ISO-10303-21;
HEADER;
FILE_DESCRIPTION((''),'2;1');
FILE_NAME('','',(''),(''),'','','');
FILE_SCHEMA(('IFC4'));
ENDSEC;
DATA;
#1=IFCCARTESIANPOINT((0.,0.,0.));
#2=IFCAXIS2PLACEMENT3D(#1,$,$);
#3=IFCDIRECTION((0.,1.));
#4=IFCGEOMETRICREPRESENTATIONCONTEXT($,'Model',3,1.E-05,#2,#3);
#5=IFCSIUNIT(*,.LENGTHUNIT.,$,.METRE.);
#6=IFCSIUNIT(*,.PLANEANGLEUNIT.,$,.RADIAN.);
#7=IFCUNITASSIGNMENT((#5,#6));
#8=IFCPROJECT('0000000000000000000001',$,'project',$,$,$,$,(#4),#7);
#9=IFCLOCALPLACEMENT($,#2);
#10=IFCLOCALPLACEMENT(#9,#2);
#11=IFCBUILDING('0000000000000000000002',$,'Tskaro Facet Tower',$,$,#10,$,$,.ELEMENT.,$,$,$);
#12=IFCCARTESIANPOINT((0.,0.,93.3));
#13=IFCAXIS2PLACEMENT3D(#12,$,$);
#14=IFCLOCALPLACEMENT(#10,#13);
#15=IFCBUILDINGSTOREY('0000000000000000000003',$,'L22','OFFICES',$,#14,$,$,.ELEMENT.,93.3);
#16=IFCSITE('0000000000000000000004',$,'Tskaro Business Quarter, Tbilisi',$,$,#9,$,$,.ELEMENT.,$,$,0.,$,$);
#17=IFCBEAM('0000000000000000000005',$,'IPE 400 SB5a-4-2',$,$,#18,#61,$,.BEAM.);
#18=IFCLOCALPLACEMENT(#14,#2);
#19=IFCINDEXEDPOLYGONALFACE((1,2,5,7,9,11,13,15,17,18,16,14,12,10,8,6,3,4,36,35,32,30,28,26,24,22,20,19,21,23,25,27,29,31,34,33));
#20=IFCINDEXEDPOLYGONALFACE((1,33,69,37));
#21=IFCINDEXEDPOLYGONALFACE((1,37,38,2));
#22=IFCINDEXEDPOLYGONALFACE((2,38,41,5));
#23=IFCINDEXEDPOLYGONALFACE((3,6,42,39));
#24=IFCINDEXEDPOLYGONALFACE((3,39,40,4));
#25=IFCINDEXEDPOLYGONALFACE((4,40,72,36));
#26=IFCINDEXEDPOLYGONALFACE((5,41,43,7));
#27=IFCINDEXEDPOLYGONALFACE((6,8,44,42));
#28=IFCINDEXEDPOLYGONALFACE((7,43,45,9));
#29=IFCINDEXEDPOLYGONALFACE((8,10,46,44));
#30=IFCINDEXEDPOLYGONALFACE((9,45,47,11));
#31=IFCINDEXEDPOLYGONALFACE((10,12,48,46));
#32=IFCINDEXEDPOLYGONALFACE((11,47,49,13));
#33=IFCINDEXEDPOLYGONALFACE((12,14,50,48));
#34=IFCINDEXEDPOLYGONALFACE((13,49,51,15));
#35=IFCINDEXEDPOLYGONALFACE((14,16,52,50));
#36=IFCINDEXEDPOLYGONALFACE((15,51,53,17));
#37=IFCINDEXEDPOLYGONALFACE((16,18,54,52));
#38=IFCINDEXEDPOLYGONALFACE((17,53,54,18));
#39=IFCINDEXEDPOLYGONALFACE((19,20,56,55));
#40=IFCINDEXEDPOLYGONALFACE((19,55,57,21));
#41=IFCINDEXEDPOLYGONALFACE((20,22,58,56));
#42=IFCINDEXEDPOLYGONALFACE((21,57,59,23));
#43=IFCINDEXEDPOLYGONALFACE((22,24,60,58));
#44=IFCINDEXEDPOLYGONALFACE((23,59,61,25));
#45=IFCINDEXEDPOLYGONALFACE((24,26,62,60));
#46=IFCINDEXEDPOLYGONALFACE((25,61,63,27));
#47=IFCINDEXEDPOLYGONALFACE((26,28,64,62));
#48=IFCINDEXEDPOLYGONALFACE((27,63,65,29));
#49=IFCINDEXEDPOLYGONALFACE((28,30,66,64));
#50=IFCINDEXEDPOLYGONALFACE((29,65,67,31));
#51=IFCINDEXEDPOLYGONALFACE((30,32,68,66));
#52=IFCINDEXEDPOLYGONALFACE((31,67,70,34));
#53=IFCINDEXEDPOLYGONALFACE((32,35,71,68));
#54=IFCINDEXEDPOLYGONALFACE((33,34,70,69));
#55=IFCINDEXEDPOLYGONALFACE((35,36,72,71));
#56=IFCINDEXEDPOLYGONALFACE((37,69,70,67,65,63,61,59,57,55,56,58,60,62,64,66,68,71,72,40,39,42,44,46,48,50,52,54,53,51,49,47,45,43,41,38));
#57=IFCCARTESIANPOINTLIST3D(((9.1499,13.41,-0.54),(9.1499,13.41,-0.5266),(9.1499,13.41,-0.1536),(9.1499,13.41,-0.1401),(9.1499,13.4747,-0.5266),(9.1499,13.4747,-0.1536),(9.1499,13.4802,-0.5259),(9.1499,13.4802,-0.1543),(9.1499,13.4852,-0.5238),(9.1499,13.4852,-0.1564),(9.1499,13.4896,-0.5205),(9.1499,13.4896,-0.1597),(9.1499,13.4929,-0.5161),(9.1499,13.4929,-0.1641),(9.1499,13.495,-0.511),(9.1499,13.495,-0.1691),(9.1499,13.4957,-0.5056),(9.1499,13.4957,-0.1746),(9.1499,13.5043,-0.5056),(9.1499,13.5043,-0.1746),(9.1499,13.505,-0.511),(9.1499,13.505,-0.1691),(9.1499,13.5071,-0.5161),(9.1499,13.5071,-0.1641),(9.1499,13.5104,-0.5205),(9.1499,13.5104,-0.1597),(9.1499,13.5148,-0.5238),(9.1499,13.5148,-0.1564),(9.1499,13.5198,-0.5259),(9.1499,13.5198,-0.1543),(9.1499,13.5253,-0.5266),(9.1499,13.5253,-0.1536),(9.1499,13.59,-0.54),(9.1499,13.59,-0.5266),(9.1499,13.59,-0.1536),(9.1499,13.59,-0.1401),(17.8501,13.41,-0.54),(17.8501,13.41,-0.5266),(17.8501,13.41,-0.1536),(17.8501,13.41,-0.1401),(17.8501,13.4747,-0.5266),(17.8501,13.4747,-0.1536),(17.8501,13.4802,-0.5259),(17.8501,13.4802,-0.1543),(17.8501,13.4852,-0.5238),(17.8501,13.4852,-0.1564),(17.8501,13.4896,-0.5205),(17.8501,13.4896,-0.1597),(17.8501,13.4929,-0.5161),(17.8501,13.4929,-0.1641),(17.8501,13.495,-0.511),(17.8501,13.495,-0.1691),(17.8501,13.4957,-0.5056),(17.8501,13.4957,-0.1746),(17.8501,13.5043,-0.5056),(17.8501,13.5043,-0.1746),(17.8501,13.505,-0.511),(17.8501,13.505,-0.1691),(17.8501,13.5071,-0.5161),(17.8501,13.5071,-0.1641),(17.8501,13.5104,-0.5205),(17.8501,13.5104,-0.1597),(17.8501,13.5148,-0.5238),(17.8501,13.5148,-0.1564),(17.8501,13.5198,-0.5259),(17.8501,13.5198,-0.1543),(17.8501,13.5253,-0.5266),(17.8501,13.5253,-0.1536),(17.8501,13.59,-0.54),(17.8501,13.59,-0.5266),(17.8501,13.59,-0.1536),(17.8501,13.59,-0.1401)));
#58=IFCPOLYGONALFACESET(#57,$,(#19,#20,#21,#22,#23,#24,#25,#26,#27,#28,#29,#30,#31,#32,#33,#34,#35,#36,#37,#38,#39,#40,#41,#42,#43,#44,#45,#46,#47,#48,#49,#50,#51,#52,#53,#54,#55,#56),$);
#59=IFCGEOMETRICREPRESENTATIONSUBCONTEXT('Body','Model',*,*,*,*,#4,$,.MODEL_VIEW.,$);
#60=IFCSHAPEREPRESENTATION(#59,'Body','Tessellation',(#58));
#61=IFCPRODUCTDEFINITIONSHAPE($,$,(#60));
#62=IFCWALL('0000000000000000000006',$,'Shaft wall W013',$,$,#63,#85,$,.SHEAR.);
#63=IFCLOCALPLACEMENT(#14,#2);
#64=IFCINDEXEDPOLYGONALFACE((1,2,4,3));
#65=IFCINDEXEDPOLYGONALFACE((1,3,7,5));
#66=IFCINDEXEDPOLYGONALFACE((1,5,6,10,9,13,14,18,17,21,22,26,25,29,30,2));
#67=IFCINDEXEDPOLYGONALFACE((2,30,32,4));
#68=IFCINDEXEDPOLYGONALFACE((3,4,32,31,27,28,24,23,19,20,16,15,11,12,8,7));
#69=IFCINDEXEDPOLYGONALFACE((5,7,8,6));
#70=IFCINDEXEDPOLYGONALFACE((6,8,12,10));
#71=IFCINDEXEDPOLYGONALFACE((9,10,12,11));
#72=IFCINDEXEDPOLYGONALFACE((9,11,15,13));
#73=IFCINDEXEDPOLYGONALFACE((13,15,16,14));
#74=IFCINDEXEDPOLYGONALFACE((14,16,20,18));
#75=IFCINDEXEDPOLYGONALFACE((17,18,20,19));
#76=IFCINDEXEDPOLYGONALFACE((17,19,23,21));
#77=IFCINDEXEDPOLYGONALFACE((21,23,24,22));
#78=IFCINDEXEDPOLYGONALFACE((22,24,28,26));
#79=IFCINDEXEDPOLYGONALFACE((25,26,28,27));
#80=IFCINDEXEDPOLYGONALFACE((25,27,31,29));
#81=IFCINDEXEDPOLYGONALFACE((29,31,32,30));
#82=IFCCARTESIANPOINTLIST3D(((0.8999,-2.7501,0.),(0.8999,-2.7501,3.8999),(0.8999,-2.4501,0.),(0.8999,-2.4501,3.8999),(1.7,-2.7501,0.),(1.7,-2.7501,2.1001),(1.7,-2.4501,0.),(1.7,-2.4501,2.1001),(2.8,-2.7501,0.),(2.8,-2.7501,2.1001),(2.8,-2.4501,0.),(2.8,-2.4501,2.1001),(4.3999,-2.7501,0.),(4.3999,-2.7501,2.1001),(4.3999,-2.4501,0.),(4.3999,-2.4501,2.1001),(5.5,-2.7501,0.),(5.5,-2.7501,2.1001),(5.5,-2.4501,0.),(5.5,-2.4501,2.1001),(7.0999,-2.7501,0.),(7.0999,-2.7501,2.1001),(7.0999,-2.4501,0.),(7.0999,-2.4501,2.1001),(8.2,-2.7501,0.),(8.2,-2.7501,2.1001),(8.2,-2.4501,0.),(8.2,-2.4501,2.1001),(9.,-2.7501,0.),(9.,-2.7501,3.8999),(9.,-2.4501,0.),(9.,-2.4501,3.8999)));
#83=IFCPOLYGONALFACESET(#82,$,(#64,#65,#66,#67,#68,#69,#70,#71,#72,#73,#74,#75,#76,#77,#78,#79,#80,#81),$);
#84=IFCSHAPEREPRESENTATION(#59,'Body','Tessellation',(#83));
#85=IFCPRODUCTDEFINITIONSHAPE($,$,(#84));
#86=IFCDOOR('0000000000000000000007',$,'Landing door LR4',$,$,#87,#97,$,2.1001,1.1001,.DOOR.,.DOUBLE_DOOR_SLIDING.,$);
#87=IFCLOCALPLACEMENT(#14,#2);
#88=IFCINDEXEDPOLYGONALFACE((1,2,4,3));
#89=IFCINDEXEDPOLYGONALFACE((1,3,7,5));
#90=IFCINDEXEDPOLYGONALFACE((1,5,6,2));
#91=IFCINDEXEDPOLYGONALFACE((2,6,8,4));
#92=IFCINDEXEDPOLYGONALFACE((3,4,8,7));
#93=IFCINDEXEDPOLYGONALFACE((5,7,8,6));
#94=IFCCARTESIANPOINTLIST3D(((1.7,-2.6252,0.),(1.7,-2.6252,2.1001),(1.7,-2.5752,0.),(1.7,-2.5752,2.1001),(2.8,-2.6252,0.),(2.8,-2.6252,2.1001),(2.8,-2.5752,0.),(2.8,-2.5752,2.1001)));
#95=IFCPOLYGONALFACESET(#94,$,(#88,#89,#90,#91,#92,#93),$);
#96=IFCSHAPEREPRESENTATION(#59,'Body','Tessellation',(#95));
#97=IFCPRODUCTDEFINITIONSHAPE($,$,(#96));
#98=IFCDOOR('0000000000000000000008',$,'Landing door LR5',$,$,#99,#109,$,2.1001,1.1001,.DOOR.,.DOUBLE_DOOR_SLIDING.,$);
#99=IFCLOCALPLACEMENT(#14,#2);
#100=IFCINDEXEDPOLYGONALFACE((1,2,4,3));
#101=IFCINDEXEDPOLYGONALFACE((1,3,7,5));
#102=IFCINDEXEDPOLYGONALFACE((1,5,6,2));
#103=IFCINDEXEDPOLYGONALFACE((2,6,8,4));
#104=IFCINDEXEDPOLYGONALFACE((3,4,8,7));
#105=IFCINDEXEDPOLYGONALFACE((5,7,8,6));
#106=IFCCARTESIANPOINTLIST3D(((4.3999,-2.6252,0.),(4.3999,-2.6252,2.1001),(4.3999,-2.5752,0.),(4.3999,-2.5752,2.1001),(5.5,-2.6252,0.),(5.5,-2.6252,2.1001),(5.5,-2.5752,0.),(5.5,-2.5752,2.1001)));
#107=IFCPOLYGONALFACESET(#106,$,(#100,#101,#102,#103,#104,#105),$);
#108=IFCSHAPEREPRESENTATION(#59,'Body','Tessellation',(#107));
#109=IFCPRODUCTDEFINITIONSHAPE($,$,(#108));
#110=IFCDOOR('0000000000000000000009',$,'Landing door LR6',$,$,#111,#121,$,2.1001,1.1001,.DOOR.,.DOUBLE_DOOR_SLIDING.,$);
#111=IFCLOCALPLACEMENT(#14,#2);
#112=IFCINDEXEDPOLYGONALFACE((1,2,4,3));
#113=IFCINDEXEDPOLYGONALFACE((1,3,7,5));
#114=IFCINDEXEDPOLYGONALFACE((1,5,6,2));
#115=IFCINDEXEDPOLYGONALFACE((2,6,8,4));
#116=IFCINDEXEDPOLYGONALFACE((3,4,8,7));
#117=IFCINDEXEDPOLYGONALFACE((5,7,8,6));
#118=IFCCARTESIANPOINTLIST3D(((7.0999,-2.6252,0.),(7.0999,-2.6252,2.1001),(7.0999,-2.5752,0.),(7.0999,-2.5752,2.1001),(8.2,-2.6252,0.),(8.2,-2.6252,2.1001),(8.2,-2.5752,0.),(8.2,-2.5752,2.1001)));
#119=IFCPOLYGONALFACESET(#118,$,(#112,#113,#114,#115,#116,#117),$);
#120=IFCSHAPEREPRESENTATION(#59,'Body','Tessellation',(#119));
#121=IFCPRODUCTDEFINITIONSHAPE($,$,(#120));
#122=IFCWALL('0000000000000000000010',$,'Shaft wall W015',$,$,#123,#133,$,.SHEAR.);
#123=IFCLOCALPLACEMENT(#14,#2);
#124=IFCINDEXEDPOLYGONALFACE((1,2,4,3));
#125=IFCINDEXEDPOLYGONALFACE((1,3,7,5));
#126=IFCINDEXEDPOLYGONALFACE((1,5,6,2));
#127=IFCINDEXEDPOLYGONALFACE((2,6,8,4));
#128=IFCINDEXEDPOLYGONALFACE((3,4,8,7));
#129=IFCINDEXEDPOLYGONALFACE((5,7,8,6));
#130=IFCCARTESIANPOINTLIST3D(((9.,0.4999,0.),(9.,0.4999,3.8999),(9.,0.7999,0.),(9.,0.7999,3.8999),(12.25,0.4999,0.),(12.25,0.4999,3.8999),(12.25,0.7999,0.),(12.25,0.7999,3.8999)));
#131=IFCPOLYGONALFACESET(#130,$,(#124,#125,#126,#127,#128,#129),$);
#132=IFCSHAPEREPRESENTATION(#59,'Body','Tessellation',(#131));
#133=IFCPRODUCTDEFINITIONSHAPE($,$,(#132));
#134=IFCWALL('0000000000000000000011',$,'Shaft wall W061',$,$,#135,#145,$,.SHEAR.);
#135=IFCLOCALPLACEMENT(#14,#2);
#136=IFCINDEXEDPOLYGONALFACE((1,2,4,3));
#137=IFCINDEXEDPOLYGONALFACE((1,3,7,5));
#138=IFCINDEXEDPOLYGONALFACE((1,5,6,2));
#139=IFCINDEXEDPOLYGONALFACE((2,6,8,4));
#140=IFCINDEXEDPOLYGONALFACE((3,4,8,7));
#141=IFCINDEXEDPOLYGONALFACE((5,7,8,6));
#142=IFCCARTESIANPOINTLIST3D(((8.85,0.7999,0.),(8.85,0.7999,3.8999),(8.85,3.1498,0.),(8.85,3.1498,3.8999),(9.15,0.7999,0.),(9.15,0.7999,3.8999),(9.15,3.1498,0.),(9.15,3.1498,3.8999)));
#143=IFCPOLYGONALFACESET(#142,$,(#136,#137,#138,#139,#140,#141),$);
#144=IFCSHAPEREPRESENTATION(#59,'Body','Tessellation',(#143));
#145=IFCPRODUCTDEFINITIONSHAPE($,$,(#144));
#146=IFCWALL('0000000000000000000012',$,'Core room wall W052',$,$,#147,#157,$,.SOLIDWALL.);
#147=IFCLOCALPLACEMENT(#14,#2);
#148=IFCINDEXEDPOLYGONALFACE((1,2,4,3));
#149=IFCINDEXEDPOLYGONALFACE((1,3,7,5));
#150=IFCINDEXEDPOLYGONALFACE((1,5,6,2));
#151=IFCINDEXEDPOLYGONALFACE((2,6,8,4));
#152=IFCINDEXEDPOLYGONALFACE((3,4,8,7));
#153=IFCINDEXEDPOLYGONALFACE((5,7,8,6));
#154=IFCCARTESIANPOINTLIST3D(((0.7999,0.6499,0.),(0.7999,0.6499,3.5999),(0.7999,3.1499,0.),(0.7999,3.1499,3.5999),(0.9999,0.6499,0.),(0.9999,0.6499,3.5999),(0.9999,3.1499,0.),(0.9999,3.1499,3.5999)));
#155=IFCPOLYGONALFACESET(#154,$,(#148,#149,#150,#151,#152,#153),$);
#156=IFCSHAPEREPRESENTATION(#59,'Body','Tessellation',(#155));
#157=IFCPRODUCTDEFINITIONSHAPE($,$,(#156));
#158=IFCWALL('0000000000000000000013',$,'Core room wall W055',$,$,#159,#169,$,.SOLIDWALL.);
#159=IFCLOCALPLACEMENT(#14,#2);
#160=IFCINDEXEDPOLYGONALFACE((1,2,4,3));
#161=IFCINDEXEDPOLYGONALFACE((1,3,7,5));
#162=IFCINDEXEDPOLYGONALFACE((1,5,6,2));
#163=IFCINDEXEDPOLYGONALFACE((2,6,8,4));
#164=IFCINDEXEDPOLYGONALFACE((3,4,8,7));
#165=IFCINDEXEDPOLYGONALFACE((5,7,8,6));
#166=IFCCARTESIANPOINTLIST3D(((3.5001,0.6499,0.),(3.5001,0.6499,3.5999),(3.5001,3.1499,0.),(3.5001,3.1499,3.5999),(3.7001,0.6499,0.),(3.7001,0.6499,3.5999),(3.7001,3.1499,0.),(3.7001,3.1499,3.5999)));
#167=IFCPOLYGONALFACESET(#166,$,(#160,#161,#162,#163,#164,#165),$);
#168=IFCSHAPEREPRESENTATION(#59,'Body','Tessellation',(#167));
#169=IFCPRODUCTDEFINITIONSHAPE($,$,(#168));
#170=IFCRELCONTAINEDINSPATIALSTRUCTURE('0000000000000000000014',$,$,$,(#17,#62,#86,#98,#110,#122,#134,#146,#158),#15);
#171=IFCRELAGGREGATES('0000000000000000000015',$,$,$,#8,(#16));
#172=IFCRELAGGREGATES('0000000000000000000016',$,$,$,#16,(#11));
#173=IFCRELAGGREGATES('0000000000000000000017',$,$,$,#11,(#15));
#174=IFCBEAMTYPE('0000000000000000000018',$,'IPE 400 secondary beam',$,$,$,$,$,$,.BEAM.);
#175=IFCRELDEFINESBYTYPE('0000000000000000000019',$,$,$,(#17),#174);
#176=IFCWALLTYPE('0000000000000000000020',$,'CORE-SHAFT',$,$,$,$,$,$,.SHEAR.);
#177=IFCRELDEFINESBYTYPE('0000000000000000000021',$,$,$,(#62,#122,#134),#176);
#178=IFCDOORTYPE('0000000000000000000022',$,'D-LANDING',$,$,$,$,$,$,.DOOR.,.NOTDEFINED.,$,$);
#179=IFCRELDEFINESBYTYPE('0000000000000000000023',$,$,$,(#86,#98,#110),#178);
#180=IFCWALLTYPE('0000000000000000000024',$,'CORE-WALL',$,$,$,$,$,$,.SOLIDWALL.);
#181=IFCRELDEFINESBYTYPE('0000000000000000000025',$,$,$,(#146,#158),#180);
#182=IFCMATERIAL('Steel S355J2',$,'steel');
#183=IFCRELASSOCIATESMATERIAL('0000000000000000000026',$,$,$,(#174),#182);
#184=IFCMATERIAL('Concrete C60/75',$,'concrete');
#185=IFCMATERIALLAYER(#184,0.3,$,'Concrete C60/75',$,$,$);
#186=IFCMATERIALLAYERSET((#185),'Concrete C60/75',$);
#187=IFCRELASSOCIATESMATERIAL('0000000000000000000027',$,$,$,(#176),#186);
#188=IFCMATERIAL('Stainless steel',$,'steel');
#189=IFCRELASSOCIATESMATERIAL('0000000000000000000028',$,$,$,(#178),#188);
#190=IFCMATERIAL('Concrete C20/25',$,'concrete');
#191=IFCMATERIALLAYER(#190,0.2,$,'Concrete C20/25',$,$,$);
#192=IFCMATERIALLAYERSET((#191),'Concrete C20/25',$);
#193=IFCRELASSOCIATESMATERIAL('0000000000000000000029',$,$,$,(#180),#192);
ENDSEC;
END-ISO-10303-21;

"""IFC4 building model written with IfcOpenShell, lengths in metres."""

from ifc_helpers import new_model, si_unit, direction, frame, frame_2d, origin, origin_2d, place, context, subcontext, project, spatial, rectangle, i_section, extrude, material, layer, layer_set, material_profile, profile_set, type_object, element, fill, save


model = new_model("IFC4")

# Units and contexts
model_context = context("Model", 3, precision=1e-05, world=origin(), true_north=direction((0.0, 1.0)))
body_context = subcontext(model_context, "Body", "Model", "MODEL_VIEW")
ifc_project = project(units=[si_unit("LENGTHUNIT", "METRE"), si_unit("PLANEANGLEUNIT", "RADIAN")], contexts=[model_context])

# Site, building, storey
site_placement = place(None, origin())
site = spatial("IfcSite", under=ifc_project, at=site_placement, Name="Tskaro Business Quarter, Tbilisi", CompositionType="ELEMENT", RefElevation=0.0)
building_placement = place(site_placement, origin())
building = spatial("IfcBuilding", under=site, at=building_placement, Name="Tskaro Facet Tower", CompositionType="ELEMENT")
storey_placement = place(building_placement, frame((0.0, 0.0, 93.3)))
storey = spatial("IfcBuildingStorey", under=building, at=storey_placement, Name="L22", Description="OFFICES", CompositionType="ELEMENT", Elevation=93.3)

# Beam
ifc_material_1 = material(Name="Steel S355J2", Category="steel")
ifc_material_profile_1 = material_profile(ifc_material_1, i_section(OverallWidth=0.1799, OverallDepth=0.3999, WebThickness=0.0085, FlangeThickness=0.0134, FilletRadius=0.021, at=origin_2d()), Name="IPE 400")
ifc_profile_set_1 = profile_set([ifc_material_profile_1], Name="Steel S355J2")
beam_type_1 = type_object("IfcBeamType", Name="IPE 400 secondary beam", PredefinedType="BEAM", material=ifc_profile_set_1)
for number, where, z_axis, x_axis, name in (
    (1, (9.1499, 13.5, -0.3401), (1.0, 0.0, 0.0), (0.0, 1.0, 0.0), "IPE 400 SB5a-4-2"),
):
    element("IfcBeam", number, at=place(storey_placement, frame(where, z_axis=z_axis, x_axis=x_axis)), inside=storey, type_object=beam_type_1, Name=name, PredefinedType="BEAM", context=body_context, shape_type="SweptSolid", body=[
        extrude(i_section(OverallWidth=0.1799, OverallDepth=0.3999, WebThickness=0.0085, FlangeThickness=0.0134, FilletRadius=0.021, at=origin_2d()), origin(), (0.0, 0.0, 1.0), 8.7002),
    ])

# Wall, openings, doors
ifc_material_2 = material(Name="Concrete C60/75", Category="concrete")
ifc_layer_1 = layer(ifc_material_2, 0.3, Name="Concrete C60/75")
ifc_layer_set_1 = layer_set([ifc_layer_1], Name="Concrete C60/75")
wall_type_1 = type_object("IfcWallType", Name="CORE-SHAFT", PredefinedType="SHEAR", material=ifc_layer_set_1)
wall_1_placement = place(storey_placement, frame((0.8999, -2.6001, 0.0), z_axis=(0.0, 0.0, 1.0), x_axis=(1.0, 0.0, 0.0)))
wall_1 = element("IfcWall", 2, at=wall_1_placement, inside=storey, type_object=wall_type_1, Name="Shaft wall W013", PredefinedType="SHEAR", context=body_context, shape_type="SweptSolid", body=[
    extrude(rectangle(XDim=8.1001, YDim=0.3, at=frame_2d((4.05, 0.0))), origin(), (0.0, 0.0, 1.0), 3.8999),
])
opening_1_placement = place(wall_1_placement, frame((0.8, 0.0, 0.0)))
opening_1 = element("IfcOpeningElement", 3, at=opening_1_placement, cuts=wall_1, PredefinedType="OPENING", context=body_context, shape_type="SweptSolid", body=[
    extrude(rectangle(XDim=1.1001, YDim=2.1001, at=frame_2d((0.55, 1.05))), frame((0.0, 0.1599, 0.0), z_axis=(0.0, -1.0, 0.0), x_axis=(1.0, 0.0, 0.0)), (0.0, 0.0, 1.0), 0.3201),
])
opening_2_placement = place(wall_1_placement, frame((3.5, 0.0, 0.0)))
opening_2 = element("IfcOpeningElement", 4, at=opening_2_placement, cuts=wall_1, PredefinedType="OPENING", context=body_context, shape_type="SweptSolid", body=[
    extrude(rectangle(XDim=1.1001, YDim=2.1001, at=frame_2d((0.55, 1.05))), frame((0.0, 0.1599, 0.0), z_axis=(0.0, -1.0, 0.0), x_axis=(1.0, 0.0, 0.0)), (0.0, 0.0, 1.0), 0.3201),
])
opening_3_placement = place(wall_1_placement, frame((6.2, 0.0, 0.0)))
opening_3 = element("IfcOpeningElement", 5, at=opening_3_placement, cuts=wall_1, PredefinedType="OPENING", context=body_context, shape_type="SweptSolid", body=[
    extrude(rectangle(XDim=1.1001, YDim=2.1001, at=frame_2d((0.55, 1.05))), frame((0.0, 0.1599, 0.0), z_axis=(0.0, -1.0, 0.0), x_axis=(1.0, 0.0, 0.0)), (0.0, 0.0, 1.0), 0.3201),
])
ifc_material_3 = material(Name="Stainless steel", Category="steel")
door_type_1 = type_object("IfcDoorType", Name="D-LANDING", OperationType="NOTDEFINED", PredefinedType="DOOR", material=ifc_material_3)
door_1_placement = place(opening_1_placement, origin())
door_1 = element("IfcDoor", 6, at=door_1_placement, inside=storey, type_object=door_type_1, Name="Landing door LR4", OperationType="DOUBLE_DOOR_SLIDING", OverallHeight=2.1001, OverallWidth=1.1001, PredefinedType="DOOR", context=body_context, shape_type="SweptSolid", body=[
    extrude(rectangle(XDim=1.1001, YDim=2.1001, at=frame_2d((0.55, 1.05))), frame((0.0, 0.0249, 0.0), z_axis=(0.0, -1.0, 0.0), x_axis=(1.0, 0.0, 0.0)), (0.0, 0.0, 1.0), 0.05),
])
fill(opening_1, door_1)
door_2_placement = place(opening_2_placement, origin())
door_2 = element("IfcDoor", 7, at=door_2_placement, inside=storey, type_object=door_type_1, Name="Landing door LR5", OperationType="DOUBLE_DOOR_SLIDING", OverallHeight=2.1001, OverallWidth=1.1001, PredefinedType="DOOR", context=body_context, shape_type="SweptSolid", body=[
    extrude(rectangle(XDim=1.1001, YDim=2.1001, at=frame_2d((0.55, 1.05))), frame((0.0, 0.0249, 0.0), z_axis=(0.0, -1.0, 0.0), x_axis=(1.0, 0.0, 0.0)), (0.0, 0.0, 1.0), 0.05),
])
fill(opening_2, door_2)
door_3_placement = place(opening_3_placement, origin())
door_3 = element("IfcDoor", 8, at=door_3_placement, inside=storey, type_object=door_type_1, Name="Landing door LR6", OperationType="DOUBLE_DOOR_SLIDING", OverallHeight=2.1001, OverallWidth=1.1001, PredefinedType="DOOR", context=body_context, shape_type="SweptSolid", body=[
    extrude(rectangle(XDim=1.1001, YDim=2.1001, at=frame_2d((0.55, 1.05))), frame((0.0, 0.0249, 0.0), z_axis=(0.0, -1.0, 0.0), x_axis=(1.0, 0.0, 0.0)), (0.0, 0.0, 1.0), 0.05),
])
fill(opening_3, door_3)

# Walls
wall_2_placement = place(storey_placement, frame((12.25, 0.6499, 0.0), z_axis=(0.0, 0.0, 1.0), x_axis=(-1.0, 0.0, 0.0)))
element("IfcWall", 9, at=wall_2_placement, inside=storey, type_object=wall_type_1, Name="Shaft wall W015", PredefinedType="SHEAR", context=body_context, shape_type="SweptSolid", body=[
    extrude(rectangle(XDim=3.25, YDim=0.3, at=frame_2d((1.625, 0.0))), origin(), (0.0, 0.0, 1.0), 3.8999),
])
wall_3_placement = place(storey_placement, frame((9.0, 0.8, 0.0), z_axis=(0.0, 0.0, 1.0), x_axis=(0.0, 1.0, 0.0)))
element("IfcWall", 10, at=wall_3_placement, inside=storey, type_object=wall_type_1, Name="Shaft wall W061", PredefinedType="SHEAR", context=body_context, shape_type="SweptSolid", body=[
    extrude(rectangle(XDim=2.3499, YDim=0.3, at=frame_2d((1.1748, 0.0))), origin(), (0.0, 0.0, 1.0), 3.8999),
])
ifc_material_4 = material(Name="Concrete C20/25", Category="concrete")
ifc_layer_2 = layer(ifc_material_4, 0.2, Name="Concrete C20/25")
ifc_layer_set_2 = layer_set([ifc_layer_2], Name="Concrete C20/25")
wall_type_2 = type_object("IfcWallType", Name="CORE-WALL", PredefinedType="SOLIDWALL", material=ifc_layer_set_2)
for number, where, z_axis, x_axis, name in (
    (11, (0.8999, 0.6499, 0.0), (0.0, 0.0, 1.0), (0.0, 1.0, 0.0), "Core room wall W052"),
    (12, (3.6001, 0.6499, 0.0), (0.0, 0.0, 1.0), (0.0, 1.0, 0.0), "Core room wall W055"),
):
    element("IfcWall", number, at=place(storey_placement, frame(where, z_axis=z_axis, x_axis=x_axis)), inside=storey, type_object=wall_type_2, Name=name, PredefinedType="SOLIDWALL", context=body_context, shape_type="SweptSolid", body=[
        extrude(rectangle(XDim=2.5, YDim=0.2, at=frame_2d((1.25, 0.0))), origin(), (0.0, 0.0, 1.0), 3.5999),
    ])

save(model, "model.ifc")
